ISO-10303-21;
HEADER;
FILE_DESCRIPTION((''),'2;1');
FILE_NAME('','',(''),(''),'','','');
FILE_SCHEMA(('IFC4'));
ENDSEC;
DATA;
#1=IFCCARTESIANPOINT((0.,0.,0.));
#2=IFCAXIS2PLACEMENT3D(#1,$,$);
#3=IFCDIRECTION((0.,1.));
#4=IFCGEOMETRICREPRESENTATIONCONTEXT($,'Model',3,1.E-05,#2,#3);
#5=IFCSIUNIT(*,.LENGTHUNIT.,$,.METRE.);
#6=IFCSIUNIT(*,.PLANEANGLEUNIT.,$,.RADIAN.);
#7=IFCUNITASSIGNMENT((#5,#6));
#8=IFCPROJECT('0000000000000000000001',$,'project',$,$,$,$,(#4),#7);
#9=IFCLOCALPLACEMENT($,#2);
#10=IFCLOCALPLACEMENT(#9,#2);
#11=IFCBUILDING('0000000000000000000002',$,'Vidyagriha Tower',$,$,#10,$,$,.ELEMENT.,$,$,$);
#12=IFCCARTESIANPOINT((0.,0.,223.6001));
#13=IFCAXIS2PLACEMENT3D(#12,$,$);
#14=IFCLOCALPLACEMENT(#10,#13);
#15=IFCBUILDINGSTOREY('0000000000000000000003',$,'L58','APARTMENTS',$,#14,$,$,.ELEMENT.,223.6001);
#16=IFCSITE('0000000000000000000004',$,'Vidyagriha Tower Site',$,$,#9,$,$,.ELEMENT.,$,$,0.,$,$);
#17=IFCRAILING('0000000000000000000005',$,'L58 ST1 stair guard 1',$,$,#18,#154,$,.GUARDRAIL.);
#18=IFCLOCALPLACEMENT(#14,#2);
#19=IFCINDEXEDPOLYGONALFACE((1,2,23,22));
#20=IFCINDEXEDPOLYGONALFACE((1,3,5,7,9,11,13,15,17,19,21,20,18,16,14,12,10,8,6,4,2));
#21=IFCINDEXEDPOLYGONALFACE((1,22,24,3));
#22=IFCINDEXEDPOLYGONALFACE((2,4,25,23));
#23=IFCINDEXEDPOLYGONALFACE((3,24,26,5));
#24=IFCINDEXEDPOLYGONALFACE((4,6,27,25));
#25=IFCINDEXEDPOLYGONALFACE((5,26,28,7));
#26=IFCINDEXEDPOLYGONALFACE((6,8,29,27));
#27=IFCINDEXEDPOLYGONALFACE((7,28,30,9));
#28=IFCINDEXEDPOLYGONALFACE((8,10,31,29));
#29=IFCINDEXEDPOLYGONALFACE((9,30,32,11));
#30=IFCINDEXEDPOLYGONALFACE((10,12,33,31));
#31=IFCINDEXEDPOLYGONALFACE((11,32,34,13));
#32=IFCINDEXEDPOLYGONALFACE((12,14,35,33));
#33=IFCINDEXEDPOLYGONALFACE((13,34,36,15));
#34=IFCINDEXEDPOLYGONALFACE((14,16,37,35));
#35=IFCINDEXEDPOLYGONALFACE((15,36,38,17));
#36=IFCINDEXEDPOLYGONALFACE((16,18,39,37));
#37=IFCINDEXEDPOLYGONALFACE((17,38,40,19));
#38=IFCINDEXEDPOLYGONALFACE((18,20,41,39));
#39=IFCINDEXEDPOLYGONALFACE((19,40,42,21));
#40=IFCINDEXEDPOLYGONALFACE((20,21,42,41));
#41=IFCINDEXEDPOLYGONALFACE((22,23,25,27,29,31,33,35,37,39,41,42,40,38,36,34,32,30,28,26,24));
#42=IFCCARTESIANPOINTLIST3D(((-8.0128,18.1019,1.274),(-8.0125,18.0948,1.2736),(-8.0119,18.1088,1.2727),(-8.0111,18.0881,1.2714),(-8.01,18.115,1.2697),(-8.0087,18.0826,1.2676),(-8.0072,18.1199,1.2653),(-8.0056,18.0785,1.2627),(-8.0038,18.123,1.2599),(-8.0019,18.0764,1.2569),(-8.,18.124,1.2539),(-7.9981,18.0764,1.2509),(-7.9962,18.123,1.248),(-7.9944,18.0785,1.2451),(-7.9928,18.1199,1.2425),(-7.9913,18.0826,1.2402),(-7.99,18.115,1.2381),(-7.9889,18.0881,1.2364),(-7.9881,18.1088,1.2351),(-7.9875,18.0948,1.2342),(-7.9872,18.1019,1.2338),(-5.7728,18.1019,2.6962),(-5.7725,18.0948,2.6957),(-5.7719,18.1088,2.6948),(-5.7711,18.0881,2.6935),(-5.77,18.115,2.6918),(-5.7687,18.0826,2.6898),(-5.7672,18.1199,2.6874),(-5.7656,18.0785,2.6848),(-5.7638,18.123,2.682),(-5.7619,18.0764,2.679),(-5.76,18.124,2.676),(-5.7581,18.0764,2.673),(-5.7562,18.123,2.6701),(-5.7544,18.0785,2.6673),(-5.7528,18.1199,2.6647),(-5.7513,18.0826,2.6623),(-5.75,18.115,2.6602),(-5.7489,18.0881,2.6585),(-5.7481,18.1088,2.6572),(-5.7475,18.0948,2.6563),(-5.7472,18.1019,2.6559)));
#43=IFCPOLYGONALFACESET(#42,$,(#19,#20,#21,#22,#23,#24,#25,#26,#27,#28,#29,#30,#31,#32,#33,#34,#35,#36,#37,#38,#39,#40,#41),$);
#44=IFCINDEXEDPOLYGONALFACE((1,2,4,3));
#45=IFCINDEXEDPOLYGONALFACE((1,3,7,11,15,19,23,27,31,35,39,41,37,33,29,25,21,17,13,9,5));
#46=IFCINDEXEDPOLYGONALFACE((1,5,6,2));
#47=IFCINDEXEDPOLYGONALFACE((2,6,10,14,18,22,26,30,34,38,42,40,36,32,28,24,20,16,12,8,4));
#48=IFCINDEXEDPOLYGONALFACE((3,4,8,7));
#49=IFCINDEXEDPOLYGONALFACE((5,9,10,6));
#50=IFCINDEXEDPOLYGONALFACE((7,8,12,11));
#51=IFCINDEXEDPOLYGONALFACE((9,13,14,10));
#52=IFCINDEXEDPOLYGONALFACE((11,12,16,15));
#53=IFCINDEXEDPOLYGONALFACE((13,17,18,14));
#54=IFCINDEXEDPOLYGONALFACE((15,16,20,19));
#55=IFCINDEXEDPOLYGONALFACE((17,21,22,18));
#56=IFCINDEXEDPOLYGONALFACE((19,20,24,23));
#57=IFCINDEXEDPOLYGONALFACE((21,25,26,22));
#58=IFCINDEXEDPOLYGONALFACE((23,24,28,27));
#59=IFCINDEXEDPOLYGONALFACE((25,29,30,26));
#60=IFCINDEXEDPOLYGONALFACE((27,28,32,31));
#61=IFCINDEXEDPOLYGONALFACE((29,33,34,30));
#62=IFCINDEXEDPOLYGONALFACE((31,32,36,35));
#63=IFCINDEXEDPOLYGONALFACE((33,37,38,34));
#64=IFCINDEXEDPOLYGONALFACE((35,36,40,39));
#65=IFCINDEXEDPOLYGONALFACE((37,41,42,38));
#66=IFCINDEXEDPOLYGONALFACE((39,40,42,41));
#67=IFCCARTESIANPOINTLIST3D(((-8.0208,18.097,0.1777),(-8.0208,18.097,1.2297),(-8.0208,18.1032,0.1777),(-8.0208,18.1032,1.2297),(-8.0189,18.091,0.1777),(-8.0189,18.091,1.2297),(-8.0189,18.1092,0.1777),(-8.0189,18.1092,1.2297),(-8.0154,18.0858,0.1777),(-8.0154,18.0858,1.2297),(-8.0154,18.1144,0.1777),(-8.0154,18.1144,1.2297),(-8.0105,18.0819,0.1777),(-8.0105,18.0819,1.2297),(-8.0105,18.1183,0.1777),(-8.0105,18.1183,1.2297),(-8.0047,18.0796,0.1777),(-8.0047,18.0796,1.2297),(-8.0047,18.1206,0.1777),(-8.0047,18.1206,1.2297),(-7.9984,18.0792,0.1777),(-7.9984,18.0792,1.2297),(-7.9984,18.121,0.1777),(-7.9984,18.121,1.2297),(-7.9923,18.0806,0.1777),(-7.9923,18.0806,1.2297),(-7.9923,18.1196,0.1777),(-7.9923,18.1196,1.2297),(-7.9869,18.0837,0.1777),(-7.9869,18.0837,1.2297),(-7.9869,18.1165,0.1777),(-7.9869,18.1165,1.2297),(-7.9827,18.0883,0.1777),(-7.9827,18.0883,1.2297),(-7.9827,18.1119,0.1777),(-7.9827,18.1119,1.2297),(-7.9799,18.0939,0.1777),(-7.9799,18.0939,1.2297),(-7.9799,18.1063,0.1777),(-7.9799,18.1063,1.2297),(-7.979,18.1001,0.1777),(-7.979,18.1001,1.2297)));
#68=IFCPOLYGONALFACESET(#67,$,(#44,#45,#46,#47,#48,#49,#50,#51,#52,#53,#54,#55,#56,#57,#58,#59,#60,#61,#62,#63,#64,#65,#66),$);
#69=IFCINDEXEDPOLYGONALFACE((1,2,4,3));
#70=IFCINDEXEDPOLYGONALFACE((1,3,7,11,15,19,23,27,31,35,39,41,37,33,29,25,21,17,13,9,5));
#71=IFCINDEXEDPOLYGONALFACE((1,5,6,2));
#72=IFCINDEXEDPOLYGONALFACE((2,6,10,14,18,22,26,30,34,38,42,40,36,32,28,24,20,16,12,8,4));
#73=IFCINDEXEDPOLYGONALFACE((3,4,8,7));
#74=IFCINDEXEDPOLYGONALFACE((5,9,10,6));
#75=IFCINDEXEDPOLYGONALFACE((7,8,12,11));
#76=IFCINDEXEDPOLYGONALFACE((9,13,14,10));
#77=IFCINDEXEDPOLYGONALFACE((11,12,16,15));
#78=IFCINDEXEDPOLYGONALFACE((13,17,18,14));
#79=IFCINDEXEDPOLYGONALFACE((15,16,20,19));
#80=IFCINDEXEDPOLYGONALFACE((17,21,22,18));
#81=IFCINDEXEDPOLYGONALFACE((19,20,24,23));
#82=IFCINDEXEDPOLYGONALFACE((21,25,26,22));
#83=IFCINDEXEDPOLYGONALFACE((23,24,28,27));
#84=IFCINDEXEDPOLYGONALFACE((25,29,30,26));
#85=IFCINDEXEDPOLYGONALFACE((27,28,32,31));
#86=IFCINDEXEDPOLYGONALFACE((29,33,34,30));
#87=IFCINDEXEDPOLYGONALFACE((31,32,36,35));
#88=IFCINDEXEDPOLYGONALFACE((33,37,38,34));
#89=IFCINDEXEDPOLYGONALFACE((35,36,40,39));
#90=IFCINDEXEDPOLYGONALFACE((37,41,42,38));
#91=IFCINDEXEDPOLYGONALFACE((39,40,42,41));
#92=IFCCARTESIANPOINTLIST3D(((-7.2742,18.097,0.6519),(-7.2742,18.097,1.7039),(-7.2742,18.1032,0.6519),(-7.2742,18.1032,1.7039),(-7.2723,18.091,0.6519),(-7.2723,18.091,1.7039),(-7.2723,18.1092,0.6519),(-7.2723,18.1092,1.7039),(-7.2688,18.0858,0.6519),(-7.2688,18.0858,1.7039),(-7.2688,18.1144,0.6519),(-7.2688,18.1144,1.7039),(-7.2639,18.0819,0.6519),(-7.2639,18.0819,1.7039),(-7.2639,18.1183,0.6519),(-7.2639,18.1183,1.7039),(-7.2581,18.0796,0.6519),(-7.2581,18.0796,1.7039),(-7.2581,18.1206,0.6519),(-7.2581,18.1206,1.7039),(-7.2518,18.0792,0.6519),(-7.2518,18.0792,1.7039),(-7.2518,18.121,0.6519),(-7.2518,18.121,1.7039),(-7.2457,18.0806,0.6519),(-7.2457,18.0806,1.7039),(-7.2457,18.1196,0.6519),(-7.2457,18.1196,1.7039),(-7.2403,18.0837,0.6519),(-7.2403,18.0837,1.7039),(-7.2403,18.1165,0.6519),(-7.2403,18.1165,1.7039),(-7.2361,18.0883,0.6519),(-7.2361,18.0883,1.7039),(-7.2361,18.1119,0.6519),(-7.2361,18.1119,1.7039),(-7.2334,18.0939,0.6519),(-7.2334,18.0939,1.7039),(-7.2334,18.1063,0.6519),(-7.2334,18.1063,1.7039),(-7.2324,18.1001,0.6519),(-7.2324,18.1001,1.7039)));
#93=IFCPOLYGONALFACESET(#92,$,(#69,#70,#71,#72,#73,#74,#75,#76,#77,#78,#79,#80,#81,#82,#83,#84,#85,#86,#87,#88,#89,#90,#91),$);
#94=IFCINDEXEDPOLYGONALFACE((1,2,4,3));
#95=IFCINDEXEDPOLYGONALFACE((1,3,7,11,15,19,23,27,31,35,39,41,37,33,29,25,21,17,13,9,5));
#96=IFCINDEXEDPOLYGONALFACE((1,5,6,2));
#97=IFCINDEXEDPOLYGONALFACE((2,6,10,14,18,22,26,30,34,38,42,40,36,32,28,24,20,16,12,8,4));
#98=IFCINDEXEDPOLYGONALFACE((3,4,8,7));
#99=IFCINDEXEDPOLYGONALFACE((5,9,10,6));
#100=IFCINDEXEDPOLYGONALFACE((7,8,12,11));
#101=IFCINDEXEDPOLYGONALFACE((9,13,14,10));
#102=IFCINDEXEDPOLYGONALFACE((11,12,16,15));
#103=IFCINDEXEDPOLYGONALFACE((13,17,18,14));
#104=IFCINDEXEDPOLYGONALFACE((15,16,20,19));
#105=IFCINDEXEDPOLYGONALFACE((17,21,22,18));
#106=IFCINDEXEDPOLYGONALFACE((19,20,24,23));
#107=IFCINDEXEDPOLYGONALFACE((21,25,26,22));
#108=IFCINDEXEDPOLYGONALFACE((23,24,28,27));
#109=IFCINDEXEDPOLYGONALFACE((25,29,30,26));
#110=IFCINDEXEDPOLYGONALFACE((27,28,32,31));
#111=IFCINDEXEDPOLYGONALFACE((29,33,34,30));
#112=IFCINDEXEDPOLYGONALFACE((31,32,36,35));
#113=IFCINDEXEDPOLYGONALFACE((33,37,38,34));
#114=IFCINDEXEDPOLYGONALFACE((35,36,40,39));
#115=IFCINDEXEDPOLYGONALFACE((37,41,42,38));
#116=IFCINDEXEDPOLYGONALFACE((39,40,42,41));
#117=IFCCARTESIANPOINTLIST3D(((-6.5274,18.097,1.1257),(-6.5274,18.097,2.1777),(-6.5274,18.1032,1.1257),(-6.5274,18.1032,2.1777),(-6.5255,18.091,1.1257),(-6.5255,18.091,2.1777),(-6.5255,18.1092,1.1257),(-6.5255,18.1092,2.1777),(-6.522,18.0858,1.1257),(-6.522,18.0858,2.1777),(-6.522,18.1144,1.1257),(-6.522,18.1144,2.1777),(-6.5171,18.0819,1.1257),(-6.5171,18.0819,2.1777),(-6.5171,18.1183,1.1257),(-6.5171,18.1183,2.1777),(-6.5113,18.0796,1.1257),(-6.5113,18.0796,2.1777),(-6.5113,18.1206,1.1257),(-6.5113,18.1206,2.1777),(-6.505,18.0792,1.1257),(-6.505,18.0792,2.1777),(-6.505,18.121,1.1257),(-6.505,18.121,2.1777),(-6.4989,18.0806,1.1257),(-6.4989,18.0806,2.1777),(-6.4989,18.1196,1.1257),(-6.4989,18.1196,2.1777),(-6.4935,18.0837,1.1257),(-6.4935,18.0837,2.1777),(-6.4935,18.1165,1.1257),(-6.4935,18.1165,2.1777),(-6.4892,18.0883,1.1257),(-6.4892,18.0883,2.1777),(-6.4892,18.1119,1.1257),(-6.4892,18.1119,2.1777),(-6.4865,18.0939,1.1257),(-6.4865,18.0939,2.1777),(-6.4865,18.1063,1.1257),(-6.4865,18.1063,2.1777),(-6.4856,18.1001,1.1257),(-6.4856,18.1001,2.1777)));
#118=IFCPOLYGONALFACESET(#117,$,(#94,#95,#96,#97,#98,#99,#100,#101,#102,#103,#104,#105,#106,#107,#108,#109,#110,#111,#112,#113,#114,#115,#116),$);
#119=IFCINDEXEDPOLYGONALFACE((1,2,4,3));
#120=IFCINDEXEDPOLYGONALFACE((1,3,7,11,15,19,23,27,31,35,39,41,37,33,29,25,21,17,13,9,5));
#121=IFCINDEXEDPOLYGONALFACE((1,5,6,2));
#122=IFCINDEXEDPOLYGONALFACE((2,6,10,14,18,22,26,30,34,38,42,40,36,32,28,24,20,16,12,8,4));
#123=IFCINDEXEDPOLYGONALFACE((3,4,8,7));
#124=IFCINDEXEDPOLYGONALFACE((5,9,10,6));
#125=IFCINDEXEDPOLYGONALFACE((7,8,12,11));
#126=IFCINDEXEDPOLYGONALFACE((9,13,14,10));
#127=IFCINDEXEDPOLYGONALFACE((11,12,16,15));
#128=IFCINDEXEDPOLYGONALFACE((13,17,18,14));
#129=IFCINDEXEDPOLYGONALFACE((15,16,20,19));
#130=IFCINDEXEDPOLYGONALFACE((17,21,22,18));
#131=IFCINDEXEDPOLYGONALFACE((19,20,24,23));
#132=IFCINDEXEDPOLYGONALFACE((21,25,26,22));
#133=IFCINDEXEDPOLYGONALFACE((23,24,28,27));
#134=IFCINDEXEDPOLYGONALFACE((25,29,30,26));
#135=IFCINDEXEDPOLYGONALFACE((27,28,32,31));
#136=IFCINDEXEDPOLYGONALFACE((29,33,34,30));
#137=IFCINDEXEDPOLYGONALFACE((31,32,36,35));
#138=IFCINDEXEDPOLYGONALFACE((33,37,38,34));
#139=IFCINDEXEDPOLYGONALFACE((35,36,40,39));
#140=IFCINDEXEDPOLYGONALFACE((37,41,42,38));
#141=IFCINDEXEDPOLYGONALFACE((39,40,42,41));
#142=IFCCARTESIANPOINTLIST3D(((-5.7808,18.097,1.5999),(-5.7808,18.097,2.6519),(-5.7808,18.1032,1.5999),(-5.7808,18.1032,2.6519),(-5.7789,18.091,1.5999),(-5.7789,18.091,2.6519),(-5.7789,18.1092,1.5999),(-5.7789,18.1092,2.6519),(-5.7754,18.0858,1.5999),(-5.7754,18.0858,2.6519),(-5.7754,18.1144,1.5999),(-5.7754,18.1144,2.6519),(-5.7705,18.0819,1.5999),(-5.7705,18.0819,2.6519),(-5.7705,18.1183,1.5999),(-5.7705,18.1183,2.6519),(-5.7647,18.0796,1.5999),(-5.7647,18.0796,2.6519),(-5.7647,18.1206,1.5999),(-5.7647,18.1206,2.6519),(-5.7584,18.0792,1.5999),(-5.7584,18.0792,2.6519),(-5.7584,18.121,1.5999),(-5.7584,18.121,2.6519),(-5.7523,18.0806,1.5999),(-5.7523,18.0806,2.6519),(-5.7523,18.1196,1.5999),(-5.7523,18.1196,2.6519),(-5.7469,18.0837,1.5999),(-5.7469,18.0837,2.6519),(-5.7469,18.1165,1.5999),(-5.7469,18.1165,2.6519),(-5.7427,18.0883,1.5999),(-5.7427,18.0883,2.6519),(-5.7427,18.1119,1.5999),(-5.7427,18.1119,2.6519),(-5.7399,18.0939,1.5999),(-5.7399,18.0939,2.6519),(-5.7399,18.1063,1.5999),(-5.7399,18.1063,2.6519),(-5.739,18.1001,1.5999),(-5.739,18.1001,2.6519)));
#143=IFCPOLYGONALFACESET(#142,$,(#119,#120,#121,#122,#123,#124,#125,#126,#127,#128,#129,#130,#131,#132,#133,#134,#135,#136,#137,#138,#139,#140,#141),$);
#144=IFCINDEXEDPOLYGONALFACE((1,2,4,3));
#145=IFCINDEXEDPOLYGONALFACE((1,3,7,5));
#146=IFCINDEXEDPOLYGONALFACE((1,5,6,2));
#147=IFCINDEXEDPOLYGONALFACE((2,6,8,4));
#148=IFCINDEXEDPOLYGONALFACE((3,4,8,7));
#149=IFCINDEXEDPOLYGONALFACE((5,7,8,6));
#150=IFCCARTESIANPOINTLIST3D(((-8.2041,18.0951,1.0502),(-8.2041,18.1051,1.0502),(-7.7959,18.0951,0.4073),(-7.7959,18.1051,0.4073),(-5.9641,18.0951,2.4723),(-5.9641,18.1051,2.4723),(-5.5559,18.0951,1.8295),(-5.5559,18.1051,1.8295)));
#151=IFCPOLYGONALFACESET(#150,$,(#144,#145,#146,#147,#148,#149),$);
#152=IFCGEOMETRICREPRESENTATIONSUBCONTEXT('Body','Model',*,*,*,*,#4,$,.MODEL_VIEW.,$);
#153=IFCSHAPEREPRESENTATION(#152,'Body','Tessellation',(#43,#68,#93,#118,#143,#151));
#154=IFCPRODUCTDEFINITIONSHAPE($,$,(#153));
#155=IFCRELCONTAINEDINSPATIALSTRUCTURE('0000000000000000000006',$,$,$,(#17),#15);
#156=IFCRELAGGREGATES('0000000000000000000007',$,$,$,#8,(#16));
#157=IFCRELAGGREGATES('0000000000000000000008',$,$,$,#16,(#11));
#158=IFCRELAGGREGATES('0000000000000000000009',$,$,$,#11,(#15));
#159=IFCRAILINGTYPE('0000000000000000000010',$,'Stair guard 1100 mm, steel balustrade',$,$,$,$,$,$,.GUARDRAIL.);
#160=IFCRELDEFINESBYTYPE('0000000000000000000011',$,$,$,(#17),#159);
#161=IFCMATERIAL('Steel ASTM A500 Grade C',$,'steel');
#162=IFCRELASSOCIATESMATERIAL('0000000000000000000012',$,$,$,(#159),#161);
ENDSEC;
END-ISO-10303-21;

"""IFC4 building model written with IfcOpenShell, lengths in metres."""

from ifc_helpers import new_model, si_unit, direction, frame, origin, origin_2d, place, context, subcontext, project, spatial, rectangle, circle, extrude, material, type_object, element, save


model = new_model("IFC4")

# Units and contexts
model_context = context("Model", 3, precision=1e-05, world=origin(), true_north=direction((0.0, 1.0)))
body_context = subcontext(model_context, "Body", "Model", "MODEL_VIEW")
ifc_project = project(units=[si_unit("LENGTHUNIT", "METRE"), si_unit("PLANEANGLEUNIT", "RADIAN")], contexts=[model_context])

# Site, building, storey
site_placement = place(None, origin())
site = spatial("IfcSite", under=ifc_project, at=site_placement, Name="Vidyagriha Tower Site", CompositionType="ELEMENT", RefElevation=0.0)
building_placement = place(site_placement, origin())
building = spatial("IfcBuilding", under=site, at=building_placement, Name="Vidyagriha Tower", CompositionType="ELEMENT")
storey_placement = place(building_placement, frame((0.0, 0.0, 223.6001)))
storey = spatial("IfcBuildingStorey", under=building, at=storey_placement, Name="L58", Description="APARTMENTS", CompositionType="ELEMENT", Elevation=223.6001)

# Railing
ifc_material_1 = material(Name="Steel ASTM A500 Grade C", Category="steel")
railing_type_1 = type_object("IfcRailingType", Name="Stair guard 1100 mm, steel balustrade", PredefinedType="GUARDRAIL", material=ifc_material_1)
railing_1_placement = place(storey_placement, frame((-8.0, 18.1001, 0.1777)))
element("IfcRailing", 1, at=railing_1_placement, inside=storey, type_object=railing_type_1, Name="L58 ST1 stair guard 1", PredefinedType="GUARDRAIL", context=body_context, shape_type="SweptSolid", body=[
    extrude(circle(Radius=0.0239, at=origin_2d()), frame((0.0, 0.0, 1.0762), z_axis=(0.844229, 0.0, 0.535982), x_axis=(0.0, 1.0, 0.0)), (0.0, 0.0, 1.0), 2.6533),
    extrude(circle(Radius=0.021, at=origin_2d()), origin(), (0.0, 0.0, 1.0), 1.052),
    extrude(circle(Radius=0.021, at=origin_2d()), frame((0.7466, 0.0, 0.4741)), (0.0, 0.0, 1.0), 1.052),
    extrude(circle(Radius=0.021, at=origin_2d()), frame((1.4934, 0.0, 0.948)), (0.0, 0.0, 1.0), 1.052),
    extrude(circle(Radius=0.021, at=origin_2d()), frame((2.24, 0.0, 1.4221)), (0.0, 0.0, 1.0), 1.052),
    extrude(rectangle(XDim=0.01, YDim=0.7615, at=origin_2d()), frame((0.0, 0.0, 0.551), z_axis=(0.844229, 0.0, 0.535982), x_axis=(0.0, 1.0, 0.0)), (0.0, 0.0, 1.0), 2.6533),
])

save(model, "model.ifc")
